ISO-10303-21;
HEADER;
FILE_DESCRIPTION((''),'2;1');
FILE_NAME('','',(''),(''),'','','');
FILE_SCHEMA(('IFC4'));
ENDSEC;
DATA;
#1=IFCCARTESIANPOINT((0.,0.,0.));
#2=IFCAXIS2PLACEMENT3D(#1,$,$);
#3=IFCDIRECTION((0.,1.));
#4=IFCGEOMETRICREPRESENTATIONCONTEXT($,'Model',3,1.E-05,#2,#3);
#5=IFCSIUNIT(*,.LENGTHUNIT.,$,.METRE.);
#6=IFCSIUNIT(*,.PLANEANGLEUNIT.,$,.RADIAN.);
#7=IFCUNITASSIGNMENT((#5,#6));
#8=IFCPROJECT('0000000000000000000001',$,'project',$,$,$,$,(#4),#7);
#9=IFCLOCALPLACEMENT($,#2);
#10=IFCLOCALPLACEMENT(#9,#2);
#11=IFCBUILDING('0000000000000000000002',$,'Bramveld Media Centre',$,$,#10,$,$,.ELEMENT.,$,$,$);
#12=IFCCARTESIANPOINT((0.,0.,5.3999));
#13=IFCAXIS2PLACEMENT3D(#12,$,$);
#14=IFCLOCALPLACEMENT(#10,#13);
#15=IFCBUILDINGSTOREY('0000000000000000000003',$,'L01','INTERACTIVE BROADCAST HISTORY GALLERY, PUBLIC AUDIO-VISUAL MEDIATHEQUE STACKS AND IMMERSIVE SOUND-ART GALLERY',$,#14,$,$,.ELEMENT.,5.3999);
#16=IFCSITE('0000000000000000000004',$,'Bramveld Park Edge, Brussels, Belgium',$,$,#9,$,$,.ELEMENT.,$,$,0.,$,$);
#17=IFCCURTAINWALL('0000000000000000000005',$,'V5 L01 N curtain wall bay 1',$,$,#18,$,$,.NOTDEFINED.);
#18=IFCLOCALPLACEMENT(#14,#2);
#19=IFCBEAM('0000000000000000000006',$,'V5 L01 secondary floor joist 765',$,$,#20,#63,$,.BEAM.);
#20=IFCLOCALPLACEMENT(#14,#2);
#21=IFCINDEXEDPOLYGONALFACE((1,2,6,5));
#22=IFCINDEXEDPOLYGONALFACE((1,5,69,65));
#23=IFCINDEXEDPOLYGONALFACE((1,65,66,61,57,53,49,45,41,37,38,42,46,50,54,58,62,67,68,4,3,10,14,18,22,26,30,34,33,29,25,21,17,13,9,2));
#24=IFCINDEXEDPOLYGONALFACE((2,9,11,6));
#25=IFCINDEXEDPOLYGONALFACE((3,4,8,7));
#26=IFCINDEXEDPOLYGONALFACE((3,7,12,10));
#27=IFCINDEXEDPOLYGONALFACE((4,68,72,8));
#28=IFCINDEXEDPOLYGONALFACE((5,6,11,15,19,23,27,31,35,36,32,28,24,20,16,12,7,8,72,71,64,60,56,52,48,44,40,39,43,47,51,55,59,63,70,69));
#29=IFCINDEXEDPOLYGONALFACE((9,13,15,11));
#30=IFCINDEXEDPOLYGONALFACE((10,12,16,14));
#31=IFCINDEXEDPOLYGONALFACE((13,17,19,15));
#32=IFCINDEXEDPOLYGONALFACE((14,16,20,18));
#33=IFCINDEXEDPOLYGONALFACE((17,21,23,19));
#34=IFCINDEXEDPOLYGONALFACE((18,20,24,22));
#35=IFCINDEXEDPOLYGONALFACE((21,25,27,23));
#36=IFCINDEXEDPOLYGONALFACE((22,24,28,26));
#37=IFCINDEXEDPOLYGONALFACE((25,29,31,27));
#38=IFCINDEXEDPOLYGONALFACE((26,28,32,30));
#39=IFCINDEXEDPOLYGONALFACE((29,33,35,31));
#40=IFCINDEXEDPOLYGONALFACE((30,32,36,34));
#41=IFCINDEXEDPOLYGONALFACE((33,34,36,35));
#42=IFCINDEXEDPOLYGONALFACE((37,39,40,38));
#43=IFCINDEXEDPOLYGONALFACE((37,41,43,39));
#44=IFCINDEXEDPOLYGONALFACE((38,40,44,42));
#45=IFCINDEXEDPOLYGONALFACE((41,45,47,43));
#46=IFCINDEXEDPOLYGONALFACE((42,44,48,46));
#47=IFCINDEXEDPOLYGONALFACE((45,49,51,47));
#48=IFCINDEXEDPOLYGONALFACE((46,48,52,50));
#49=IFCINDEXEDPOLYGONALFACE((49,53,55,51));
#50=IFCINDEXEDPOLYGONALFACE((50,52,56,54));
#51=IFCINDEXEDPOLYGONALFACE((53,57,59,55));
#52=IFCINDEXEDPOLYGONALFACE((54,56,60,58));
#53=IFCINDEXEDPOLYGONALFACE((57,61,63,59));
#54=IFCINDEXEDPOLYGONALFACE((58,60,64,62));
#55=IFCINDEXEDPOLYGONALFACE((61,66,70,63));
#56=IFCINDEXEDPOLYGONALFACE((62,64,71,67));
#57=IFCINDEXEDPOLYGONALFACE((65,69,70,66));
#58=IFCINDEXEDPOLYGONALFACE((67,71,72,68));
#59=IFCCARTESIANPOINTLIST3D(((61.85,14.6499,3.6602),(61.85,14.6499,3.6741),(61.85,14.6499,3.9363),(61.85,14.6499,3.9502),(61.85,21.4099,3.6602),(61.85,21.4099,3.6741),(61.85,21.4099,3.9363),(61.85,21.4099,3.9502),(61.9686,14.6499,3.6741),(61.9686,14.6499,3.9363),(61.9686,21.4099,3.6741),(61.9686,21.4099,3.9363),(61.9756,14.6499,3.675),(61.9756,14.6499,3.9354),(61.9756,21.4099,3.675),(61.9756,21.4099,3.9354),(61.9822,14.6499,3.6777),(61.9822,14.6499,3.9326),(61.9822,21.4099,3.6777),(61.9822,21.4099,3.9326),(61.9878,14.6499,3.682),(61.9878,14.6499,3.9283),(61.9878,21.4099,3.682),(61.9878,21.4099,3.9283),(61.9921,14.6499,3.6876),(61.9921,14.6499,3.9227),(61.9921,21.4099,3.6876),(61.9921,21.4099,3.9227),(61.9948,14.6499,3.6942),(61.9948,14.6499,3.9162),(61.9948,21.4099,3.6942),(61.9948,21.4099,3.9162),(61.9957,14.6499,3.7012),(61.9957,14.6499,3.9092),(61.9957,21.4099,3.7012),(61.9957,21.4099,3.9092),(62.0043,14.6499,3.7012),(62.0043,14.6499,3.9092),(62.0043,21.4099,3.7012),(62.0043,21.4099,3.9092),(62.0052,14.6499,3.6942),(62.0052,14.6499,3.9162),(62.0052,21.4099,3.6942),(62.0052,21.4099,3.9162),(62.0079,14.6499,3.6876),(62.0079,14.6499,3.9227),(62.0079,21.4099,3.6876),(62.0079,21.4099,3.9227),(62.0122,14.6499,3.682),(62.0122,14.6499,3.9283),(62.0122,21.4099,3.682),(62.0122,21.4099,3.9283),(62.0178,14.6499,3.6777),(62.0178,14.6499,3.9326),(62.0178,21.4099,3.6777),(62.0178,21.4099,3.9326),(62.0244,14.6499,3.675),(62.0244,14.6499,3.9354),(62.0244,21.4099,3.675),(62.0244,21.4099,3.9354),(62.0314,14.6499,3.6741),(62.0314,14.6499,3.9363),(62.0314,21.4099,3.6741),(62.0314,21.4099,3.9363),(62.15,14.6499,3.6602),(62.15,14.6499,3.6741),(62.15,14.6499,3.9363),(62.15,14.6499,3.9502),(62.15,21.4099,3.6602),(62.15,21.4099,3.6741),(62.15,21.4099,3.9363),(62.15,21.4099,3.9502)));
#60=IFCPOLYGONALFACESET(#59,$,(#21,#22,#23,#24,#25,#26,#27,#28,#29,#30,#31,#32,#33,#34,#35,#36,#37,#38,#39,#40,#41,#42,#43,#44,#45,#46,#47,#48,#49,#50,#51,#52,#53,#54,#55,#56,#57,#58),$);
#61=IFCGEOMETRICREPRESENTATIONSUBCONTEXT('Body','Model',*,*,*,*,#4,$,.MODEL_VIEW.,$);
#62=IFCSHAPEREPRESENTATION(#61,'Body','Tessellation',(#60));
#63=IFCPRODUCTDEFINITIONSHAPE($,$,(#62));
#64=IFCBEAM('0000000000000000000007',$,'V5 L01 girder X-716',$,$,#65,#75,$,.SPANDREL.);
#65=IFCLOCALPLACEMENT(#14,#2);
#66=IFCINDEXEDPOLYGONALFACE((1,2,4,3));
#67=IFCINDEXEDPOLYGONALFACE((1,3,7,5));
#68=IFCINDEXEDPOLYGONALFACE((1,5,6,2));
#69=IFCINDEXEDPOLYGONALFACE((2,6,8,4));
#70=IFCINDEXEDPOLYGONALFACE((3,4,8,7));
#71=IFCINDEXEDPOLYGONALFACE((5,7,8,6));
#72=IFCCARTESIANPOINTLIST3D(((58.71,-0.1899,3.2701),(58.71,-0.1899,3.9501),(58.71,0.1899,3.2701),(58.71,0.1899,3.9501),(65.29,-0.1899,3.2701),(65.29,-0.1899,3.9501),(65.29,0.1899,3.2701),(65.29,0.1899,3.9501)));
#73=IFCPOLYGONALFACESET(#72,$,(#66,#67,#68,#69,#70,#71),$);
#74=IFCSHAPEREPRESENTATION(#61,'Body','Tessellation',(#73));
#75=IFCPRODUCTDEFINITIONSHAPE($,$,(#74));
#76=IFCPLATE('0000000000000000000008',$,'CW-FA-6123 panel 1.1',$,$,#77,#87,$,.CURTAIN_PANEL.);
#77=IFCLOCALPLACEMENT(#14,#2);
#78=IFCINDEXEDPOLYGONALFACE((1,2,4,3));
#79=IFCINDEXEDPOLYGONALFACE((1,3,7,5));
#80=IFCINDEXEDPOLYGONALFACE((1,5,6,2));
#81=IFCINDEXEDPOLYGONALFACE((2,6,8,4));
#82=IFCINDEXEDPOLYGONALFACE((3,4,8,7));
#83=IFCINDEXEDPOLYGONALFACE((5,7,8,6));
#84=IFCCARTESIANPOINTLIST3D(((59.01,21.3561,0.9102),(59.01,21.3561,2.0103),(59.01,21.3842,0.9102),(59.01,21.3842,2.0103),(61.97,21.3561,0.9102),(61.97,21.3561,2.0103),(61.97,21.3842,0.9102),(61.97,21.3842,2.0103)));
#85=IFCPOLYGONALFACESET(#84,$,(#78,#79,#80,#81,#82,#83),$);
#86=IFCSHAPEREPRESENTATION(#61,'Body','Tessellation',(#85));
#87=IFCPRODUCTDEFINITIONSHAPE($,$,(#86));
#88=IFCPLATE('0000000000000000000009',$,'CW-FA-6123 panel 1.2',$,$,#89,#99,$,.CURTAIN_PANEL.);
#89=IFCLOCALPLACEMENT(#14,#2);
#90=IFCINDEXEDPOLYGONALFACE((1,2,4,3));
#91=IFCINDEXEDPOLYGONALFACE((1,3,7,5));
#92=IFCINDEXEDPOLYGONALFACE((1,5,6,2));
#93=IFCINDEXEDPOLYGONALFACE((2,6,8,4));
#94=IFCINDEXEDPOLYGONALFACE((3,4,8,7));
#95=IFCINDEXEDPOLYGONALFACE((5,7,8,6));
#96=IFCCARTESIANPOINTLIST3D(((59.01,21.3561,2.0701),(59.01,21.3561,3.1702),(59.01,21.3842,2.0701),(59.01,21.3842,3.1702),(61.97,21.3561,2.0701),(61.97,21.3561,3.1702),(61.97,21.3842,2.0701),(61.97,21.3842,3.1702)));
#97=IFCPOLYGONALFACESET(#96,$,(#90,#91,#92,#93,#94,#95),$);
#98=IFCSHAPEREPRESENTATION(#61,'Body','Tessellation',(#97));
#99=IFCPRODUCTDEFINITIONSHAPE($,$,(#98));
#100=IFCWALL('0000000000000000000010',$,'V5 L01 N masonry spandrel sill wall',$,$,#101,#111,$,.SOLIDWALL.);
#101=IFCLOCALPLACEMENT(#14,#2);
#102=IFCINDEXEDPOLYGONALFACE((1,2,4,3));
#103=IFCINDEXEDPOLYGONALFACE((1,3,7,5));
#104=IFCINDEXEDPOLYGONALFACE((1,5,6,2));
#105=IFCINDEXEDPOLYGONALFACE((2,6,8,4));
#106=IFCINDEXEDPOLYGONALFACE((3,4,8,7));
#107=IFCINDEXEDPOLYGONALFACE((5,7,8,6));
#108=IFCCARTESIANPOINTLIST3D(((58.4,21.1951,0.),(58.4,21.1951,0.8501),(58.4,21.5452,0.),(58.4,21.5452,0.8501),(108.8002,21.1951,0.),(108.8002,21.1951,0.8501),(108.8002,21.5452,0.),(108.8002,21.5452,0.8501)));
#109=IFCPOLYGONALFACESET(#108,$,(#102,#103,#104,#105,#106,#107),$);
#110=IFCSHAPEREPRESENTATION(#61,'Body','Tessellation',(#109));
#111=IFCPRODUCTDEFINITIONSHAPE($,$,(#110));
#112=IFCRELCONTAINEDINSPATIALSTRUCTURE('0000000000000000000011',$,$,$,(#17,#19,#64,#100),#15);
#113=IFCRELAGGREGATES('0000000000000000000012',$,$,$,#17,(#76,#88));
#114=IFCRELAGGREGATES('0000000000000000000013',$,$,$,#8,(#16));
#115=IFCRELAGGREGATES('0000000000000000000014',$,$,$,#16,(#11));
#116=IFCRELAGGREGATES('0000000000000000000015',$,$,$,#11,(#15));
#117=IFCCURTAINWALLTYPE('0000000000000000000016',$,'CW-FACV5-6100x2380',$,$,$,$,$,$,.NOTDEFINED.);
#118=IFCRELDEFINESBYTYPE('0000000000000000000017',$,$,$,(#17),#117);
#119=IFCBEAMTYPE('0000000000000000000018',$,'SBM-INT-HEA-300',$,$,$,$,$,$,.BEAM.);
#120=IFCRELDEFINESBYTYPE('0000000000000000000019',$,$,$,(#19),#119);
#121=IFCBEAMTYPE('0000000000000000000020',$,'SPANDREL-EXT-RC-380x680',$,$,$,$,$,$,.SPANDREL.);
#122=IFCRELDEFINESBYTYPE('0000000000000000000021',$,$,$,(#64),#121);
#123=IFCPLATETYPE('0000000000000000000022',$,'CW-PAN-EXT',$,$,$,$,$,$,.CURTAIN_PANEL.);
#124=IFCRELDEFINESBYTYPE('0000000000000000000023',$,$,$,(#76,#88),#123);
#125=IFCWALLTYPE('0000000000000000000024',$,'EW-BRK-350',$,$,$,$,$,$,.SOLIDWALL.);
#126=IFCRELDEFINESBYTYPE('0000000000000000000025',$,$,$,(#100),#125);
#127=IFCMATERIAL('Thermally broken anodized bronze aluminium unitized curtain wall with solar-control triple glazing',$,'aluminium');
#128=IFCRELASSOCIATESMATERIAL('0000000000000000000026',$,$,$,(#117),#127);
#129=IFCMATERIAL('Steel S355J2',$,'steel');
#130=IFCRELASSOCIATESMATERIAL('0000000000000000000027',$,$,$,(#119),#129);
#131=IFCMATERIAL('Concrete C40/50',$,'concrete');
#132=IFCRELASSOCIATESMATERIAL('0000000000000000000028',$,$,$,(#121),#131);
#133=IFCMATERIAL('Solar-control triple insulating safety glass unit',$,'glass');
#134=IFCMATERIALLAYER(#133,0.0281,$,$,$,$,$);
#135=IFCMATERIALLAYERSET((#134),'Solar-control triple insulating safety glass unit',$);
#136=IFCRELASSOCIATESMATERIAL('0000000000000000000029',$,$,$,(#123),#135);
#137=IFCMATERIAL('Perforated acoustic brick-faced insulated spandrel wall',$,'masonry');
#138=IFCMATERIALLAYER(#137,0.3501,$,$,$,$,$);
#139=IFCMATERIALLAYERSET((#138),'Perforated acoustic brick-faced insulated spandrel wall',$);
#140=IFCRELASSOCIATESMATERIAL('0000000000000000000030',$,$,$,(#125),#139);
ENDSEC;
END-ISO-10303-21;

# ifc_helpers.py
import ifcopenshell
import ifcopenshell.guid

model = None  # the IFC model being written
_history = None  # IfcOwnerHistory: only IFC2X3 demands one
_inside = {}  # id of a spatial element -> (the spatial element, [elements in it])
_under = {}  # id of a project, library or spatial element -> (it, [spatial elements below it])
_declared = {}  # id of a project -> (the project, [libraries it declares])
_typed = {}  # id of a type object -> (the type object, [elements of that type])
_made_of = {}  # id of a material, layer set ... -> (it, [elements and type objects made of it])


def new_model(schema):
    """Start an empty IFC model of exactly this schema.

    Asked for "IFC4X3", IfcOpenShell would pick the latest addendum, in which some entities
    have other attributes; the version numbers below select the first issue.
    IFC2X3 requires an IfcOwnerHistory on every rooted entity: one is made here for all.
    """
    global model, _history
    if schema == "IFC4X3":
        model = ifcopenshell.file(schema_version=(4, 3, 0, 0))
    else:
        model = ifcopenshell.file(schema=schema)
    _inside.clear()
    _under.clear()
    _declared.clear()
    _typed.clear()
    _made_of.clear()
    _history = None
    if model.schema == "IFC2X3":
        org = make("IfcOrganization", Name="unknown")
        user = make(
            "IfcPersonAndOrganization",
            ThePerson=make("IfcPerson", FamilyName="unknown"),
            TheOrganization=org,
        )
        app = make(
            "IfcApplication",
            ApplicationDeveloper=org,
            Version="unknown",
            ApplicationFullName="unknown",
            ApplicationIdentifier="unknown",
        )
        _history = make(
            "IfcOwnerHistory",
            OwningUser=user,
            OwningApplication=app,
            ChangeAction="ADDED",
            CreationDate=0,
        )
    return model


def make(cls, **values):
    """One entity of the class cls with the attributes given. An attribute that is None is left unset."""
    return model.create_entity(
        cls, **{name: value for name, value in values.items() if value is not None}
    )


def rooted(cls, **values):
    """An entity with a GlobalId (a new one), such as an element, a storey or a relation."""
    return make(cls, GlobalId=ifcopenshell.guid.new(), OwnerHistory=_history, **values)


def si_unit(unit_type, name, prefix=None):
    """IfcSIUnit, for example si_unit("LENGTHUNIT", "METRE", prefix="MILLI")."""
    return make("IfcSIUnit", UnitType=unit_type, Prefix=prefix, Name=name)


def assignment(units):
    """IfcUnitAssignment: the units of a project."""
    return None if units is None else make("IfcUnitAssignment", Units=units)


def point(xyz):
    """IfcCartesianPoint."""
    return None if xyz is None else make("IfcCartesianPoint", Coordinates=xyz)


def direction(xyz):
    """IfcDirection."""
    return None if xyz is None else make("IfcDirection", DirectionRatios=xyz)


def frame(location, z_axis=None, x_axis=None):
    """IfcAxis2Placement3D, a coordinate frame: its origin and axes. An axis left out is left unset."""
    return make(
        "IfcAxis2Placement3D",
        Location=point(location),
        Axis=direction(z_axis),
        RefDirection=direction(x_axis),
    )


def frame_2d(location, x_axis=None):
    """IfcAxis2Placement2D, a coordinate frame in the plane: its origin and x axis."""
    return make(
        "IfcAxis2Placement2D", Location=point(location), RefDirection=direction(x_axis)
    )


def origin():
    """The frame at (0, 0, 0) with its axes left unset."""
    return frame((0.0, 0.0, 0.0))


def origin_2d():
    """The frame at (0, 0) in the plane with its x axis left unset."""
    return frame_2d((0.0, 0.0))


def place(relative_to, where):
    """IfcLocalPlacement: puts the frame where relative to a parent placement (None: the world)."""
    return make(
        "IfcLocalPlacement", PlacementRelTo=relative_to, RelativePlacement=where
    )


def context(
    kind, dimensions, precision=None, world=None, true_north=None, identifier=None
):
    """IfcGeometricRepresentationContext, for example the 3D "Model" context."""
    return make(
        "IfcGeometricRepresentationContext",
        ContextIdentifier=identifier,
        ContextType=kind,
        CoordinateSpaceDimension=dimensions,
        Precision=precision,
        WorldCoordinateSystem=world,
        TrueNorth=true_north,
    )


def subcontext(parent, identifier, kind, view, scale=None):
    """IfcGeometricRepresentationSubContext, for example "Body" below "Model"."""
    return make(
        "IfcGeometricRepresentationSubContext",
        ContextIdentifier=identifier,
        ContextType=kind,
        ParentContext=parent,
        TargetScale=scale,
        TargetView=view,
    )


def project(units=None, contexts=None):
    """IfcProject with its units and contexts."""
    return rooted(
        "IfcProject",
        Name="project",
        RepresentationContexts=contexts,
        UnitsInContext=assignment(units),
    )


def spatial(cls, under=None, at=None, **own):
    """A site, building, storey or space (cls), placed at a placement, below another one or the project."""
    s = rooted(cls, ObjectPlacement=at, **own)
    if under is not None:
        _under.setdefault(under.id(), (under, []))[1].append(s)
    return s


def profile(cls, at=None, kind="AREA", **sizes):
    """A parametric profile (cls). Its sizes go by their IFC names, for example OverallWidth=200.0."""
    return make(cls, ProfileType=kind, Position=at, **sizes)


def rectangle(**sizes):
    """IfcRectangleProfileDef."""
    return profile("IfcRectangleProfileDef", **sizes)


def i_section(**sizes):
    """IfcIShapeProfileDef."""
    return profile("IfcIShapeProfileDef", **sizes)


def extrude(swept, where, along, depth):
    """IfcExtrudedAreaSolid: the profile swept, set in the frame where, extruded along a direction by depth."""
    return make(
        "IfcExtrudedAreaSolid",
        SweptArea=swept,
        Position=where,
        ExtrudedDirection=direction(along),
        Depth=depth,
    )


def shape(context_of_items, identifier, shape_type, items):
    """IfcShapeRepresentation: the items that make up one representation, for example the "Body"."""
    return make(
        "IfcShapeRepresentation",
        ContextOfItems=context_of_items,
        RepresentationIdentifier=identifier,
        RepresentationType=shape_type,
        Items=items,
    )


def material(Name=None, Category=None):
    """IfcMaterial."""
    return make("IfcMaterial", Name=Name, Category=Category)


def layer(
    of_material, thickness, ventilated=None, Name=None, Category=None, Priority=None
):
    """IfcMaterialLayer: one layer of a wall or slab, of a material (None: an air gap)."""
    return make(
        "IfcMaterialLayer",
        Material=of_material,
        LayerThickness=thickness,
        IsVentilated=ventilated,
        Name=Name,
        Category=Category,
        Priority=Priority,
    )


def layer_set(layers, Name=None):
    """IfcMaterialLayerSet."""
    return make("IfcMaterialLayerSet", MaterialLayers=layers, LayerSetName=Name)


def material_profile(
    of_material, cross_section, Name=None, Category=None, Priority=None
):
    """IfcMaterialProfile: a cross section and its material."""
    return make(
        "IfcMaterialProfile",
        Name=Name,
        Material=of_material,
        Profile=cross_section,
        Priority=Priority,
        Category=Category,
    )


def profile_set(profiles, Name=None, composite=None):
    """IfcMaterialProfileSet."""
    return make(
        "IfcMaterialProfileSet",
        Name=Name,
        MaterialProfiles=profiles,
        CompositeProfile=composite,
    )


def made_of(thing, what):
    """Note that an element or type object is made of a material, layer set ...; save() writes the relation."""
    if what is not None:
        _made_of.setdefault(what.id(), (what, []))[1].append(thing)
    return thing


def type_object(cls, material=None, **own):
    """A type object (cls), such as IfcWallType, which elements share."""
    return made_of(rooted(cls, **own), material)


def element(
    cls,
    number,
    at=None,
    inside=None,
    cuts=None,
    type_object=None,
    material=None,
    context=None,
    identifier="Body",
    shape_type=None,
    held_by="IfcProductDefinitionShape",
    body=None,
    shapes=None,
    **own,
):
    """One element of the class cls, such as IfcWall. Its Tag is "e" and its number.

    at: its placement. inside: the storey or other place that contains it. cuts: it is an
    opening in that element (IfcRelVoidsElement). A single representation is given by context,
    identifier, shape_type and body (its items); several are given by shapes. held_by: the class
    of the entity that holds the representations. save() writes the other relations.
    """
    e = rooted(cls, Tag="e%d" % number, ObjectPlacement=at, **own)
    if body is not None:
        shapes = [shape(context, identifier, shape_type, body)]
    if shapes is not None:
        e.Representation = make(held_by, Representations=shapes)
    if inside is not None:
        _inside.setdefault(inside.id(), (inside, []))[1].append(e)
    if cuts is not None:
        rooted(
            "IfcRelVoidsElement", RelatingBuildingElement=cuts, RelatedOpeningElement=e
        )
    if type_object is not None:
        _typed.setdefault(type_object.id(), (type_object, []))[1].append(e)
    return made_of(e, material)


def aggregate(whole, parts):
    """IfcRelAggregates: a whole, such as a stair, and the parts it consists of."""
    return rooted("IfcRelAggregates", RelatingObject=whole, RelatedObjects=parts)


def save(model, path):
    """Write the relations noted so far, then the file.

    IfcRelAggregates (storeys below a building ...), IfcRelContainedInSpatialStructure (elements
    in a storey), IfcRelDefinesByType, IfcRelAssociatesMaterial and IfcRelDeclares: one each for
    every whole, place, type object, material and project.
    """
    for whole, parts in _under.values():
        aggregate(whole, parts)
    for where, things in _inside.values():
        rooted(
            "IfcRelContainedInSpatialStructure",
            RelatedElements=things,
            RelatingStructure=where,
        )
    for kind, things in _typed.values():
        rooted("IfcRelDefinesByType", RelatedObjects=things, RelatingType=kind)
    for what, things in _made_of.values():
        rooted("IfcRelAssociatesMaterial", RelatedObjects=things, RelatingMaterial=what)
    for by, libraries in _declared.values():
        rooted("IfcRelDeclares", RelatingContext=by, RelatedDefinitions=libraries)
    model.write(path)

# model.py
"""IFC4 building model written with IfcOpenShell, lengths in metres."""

from ifc_helpers import new_model, si_unit, direction, frame, frame_2d, origin, origin_2d, place, context, subcontext, project, spatial, rectangle, i_section, extrude, material, layer, layer_set, material_profile, profile_set, type_object, element, aggregate, save


model = new_model("IFC4")

# Units and contexts
model_context = context("Model", 3, precision=1e-05, world=origin(), true_north=direction((0.0, 1.0)))
body_context = subcontext(model_context, "Body", "Model", "MODEL_VIEW")
ifc_project = project(units=[si_unit("LENGTHUNIT", "METRE"), si_unit("PLANEANGLEUNIT", "RADIAN")], contexts=[model_context])

# Site, building, storey
site_placement = place(None, origin())
site = spatial("IfcSite", under=ifc_project, at=site_placement, Name="Bramveld Park Edge, Brussels, Belgium", CompositionType="ELEMENT", RefElevation=0.0)
building_placement = place(site_placement, origin())
building = spatial("IfcBuilding", under=site, at=building_placement, Name="Bramveld Media Centre", CompositionType="ELEMENT")
storey_placement = place(building_placement, frame((0.0, 0.0, 5.3999)))
storey = spatial("IfcBuildingStorey", under=building, at=storey_placement, Name="L01", Description="INTERACTIVE BROADCAST HISTORY GALLERY, PUBLIC AUDIO-VISUAL MEDIATHEQUE STACKS AND IMMERSIVE SOUND-ART GALLERY", CompositionType="ELEMENT", Elevation=5.3999)

# Curtain wall
ifc_material_1 = material(Name="Thermally broken anodized bronze aluminium unitized curtain wall with solar-control triple glazing", Category="aluminium")
curtain_wall_type = type_object("IfcCurtainWallType", Name="CW-FACV5-6100x2380", PredefinedType="NOTDEFINED", material=ifc_material_1)
curtain_wall_placement = place(storey_placement, origin())
curtain_wall = element("IfcCurtainWall", 1, at=curtain_wall_placement, inside=storey, type_object=curtain_wall_type, Name="V5 L01 N curtain wall bay 1", PredefinedType="NOTDEFINED")

# Beams
ifc_material_2 = material(Name="Steel S355J2", Category="steel")
ifc_material_profile_1 = material_profile(ifc_material_2, i_section(OverallWidth=0.3, OverallDepth=0.29, WebThickness=0.0085, FlangeThickness=0.0139, FilletRadius=0.0271, at=origin_2d()), Name="HEA 300")
ifc_profile_set_1 = profile_set([ifc_material_profile_1], Name="Steel S355J2")
beam_type_1 = type_object("IfcBeamType", Name="SBM-INT-HEA-300", PredefinedType="BEAM", material=ifc_profile_set_1)
beam_1_placement = place(storey_placement, frame((62.0, 14.6499, 3.8052), z_axis=(0.0, 1.0, 0.0), x_axis=(-1.0, 0.0, 0.0)))
element("IfcBeam", 2, at=beam_1_placement, inside=storey, type_object=beam_type_1, Name="V5 L01 secondary floor joist 765", PredefinedType="BEAM", context=body_context, shape_type="SweptSolid", body=[
    extrude(i_section(OverallWidth=0.3, OverallDepth=0.29, WebThickness=0.0085, FlangeThickness=0.0139, FilletRadius=0.0271, at=origin_2d()), origin(), (0.0, 0.0, 1.0), 6.76),
])
ifc_material_3 = material(Name="Concrete C40/50", Category="concrete")
ifc_material_profile_2 = material_profile(ifc_material_3, rectangle(XDim=0.3799, YDim=0.6799, at=origin_2d()), Name="RC 380x680")
ifc_profile_set_2 = profile_set([ifc_material_profile_2], Name="Concrete C40/50")
beam_type_2 = type_object("IfcBeamType", Name="SPANDREL-EXT-RC-380x680", PredefinedType="SPANDREL", material=ifc_profile_set_2)
beam_2_placement = place(storey_placement, frame((58.71, 0.0, 3.6101), z_axis=(1.0, 0.0, 0.0), x_axis=(0.0, 1.0, 0.0)))
element("IfcBeam", 3, at=beam_2_placement, inside=storey, type_object=beam_type_2, Name="V5 L01 girder X-716", PredefinedType="SPANDREL", context=body_context, shape_type="SweptSolid", body=[
    extrude(rectangle(XDim=0.3799, YDim=0.6799, at=origin_2d()), origin(), (0.0, 0.0, 1.0), 6.5801),
])

# Plates
ifc_material_4 = material(Name="Solar-control triple insulating safety glass unit", Category="glass")
ifc_layer_1 = layer(ifc_material_4, 0.0281)
ifc_layer_set_1 = layer_set([ifc_layer_1], Name="Solar-control triple insulating safety glass unit")
plate_type = type_object("IfcPlateType", Name="CW-PAN-EXT", PredefinedType="CURTAIN_PANEL", material=ifc_layer_set_1)
plate_1_placement = place(storey_placement, frame((60.49, 21.3701, 0.9102), z_axis=(0.0, 0.0, 1.0), x_axis=(1.0, 0.0, 0.0)))
plate_1 = element("IfcPlate", 4, at=plate_1_placement, type_object=plate_type, Name="CW-FA-6123 panel 1.1", PredefinedType="CURTAIN_PANEL", context=body_context, shape_type="SweptSolid", body=[
    extrude(rectangle(XDim=2.96, YDim=0.0281, at=origin_2d()), origin(), (0.0, 0.0, 1.0), 1.1001),
])
plate_2_placement = place(storey_placement, frame((60.49, 21.3701, 2.0701), z_axis=(0.0, 0.0, 1.0), x_axis=(1.0, 0.0, 0.0)))
plate_2 = element("IfcPlate", 5, at=plate_2_placement, type_object=plate_type, Name="CW-FA-6123 panel 1.2", PredefinedType="CURTAIN_PANEL", context=body_context, shape_type="SweptSolid", body=[
    extrude(rectangle(XDim=2.96, YDim=0.0281, at=origin_2d()), origin(), (0.0, 0.0, 1.0), 1.1001),
])
aggregate(curtain_wall, [plate_1, plate_2])

# Wall
ifc_material_5 = material(Name="Perforated acoustic brick-faced insulated spandrel wall", Category="masonry")
ifc_layer_2 = layer(ifc_material_5, 0.3501)
ifc_layer_set_2 = layer_set([ifc_layer_2], Name="Perforated acoustic brick-faced insulated spandrel wall")
wall_type_1 = type_object("IfcWallType", Name="EW-BRK-350", PredefinedType="SOLIDWALL", material=ifc_layer_set_2)
wall_1_placement = place(storey_placement, frame((58.3999, 21.3701, 0.0), z_axis=(0.0, 0.0, 1.0), x_axis=(1.0, 0.0, 0.0)))
element("IfcWall", 6, at=wall_1_placement, inside=storey, type_object=wall_type_1, Name="V5 L01 N masonry spandrel sill wall", PredefinedType="SOLIDWALL", context=body_context, shape_type="SweptSolid", body=[
    extrude(rectangle(XDim=50.4001, YDim=0.3501, at=frame_2d((25.2002, 0.0))), origin(), (0.0, 0.0, 1.0), 0.8501),
])

save(model, "model.ifc")
